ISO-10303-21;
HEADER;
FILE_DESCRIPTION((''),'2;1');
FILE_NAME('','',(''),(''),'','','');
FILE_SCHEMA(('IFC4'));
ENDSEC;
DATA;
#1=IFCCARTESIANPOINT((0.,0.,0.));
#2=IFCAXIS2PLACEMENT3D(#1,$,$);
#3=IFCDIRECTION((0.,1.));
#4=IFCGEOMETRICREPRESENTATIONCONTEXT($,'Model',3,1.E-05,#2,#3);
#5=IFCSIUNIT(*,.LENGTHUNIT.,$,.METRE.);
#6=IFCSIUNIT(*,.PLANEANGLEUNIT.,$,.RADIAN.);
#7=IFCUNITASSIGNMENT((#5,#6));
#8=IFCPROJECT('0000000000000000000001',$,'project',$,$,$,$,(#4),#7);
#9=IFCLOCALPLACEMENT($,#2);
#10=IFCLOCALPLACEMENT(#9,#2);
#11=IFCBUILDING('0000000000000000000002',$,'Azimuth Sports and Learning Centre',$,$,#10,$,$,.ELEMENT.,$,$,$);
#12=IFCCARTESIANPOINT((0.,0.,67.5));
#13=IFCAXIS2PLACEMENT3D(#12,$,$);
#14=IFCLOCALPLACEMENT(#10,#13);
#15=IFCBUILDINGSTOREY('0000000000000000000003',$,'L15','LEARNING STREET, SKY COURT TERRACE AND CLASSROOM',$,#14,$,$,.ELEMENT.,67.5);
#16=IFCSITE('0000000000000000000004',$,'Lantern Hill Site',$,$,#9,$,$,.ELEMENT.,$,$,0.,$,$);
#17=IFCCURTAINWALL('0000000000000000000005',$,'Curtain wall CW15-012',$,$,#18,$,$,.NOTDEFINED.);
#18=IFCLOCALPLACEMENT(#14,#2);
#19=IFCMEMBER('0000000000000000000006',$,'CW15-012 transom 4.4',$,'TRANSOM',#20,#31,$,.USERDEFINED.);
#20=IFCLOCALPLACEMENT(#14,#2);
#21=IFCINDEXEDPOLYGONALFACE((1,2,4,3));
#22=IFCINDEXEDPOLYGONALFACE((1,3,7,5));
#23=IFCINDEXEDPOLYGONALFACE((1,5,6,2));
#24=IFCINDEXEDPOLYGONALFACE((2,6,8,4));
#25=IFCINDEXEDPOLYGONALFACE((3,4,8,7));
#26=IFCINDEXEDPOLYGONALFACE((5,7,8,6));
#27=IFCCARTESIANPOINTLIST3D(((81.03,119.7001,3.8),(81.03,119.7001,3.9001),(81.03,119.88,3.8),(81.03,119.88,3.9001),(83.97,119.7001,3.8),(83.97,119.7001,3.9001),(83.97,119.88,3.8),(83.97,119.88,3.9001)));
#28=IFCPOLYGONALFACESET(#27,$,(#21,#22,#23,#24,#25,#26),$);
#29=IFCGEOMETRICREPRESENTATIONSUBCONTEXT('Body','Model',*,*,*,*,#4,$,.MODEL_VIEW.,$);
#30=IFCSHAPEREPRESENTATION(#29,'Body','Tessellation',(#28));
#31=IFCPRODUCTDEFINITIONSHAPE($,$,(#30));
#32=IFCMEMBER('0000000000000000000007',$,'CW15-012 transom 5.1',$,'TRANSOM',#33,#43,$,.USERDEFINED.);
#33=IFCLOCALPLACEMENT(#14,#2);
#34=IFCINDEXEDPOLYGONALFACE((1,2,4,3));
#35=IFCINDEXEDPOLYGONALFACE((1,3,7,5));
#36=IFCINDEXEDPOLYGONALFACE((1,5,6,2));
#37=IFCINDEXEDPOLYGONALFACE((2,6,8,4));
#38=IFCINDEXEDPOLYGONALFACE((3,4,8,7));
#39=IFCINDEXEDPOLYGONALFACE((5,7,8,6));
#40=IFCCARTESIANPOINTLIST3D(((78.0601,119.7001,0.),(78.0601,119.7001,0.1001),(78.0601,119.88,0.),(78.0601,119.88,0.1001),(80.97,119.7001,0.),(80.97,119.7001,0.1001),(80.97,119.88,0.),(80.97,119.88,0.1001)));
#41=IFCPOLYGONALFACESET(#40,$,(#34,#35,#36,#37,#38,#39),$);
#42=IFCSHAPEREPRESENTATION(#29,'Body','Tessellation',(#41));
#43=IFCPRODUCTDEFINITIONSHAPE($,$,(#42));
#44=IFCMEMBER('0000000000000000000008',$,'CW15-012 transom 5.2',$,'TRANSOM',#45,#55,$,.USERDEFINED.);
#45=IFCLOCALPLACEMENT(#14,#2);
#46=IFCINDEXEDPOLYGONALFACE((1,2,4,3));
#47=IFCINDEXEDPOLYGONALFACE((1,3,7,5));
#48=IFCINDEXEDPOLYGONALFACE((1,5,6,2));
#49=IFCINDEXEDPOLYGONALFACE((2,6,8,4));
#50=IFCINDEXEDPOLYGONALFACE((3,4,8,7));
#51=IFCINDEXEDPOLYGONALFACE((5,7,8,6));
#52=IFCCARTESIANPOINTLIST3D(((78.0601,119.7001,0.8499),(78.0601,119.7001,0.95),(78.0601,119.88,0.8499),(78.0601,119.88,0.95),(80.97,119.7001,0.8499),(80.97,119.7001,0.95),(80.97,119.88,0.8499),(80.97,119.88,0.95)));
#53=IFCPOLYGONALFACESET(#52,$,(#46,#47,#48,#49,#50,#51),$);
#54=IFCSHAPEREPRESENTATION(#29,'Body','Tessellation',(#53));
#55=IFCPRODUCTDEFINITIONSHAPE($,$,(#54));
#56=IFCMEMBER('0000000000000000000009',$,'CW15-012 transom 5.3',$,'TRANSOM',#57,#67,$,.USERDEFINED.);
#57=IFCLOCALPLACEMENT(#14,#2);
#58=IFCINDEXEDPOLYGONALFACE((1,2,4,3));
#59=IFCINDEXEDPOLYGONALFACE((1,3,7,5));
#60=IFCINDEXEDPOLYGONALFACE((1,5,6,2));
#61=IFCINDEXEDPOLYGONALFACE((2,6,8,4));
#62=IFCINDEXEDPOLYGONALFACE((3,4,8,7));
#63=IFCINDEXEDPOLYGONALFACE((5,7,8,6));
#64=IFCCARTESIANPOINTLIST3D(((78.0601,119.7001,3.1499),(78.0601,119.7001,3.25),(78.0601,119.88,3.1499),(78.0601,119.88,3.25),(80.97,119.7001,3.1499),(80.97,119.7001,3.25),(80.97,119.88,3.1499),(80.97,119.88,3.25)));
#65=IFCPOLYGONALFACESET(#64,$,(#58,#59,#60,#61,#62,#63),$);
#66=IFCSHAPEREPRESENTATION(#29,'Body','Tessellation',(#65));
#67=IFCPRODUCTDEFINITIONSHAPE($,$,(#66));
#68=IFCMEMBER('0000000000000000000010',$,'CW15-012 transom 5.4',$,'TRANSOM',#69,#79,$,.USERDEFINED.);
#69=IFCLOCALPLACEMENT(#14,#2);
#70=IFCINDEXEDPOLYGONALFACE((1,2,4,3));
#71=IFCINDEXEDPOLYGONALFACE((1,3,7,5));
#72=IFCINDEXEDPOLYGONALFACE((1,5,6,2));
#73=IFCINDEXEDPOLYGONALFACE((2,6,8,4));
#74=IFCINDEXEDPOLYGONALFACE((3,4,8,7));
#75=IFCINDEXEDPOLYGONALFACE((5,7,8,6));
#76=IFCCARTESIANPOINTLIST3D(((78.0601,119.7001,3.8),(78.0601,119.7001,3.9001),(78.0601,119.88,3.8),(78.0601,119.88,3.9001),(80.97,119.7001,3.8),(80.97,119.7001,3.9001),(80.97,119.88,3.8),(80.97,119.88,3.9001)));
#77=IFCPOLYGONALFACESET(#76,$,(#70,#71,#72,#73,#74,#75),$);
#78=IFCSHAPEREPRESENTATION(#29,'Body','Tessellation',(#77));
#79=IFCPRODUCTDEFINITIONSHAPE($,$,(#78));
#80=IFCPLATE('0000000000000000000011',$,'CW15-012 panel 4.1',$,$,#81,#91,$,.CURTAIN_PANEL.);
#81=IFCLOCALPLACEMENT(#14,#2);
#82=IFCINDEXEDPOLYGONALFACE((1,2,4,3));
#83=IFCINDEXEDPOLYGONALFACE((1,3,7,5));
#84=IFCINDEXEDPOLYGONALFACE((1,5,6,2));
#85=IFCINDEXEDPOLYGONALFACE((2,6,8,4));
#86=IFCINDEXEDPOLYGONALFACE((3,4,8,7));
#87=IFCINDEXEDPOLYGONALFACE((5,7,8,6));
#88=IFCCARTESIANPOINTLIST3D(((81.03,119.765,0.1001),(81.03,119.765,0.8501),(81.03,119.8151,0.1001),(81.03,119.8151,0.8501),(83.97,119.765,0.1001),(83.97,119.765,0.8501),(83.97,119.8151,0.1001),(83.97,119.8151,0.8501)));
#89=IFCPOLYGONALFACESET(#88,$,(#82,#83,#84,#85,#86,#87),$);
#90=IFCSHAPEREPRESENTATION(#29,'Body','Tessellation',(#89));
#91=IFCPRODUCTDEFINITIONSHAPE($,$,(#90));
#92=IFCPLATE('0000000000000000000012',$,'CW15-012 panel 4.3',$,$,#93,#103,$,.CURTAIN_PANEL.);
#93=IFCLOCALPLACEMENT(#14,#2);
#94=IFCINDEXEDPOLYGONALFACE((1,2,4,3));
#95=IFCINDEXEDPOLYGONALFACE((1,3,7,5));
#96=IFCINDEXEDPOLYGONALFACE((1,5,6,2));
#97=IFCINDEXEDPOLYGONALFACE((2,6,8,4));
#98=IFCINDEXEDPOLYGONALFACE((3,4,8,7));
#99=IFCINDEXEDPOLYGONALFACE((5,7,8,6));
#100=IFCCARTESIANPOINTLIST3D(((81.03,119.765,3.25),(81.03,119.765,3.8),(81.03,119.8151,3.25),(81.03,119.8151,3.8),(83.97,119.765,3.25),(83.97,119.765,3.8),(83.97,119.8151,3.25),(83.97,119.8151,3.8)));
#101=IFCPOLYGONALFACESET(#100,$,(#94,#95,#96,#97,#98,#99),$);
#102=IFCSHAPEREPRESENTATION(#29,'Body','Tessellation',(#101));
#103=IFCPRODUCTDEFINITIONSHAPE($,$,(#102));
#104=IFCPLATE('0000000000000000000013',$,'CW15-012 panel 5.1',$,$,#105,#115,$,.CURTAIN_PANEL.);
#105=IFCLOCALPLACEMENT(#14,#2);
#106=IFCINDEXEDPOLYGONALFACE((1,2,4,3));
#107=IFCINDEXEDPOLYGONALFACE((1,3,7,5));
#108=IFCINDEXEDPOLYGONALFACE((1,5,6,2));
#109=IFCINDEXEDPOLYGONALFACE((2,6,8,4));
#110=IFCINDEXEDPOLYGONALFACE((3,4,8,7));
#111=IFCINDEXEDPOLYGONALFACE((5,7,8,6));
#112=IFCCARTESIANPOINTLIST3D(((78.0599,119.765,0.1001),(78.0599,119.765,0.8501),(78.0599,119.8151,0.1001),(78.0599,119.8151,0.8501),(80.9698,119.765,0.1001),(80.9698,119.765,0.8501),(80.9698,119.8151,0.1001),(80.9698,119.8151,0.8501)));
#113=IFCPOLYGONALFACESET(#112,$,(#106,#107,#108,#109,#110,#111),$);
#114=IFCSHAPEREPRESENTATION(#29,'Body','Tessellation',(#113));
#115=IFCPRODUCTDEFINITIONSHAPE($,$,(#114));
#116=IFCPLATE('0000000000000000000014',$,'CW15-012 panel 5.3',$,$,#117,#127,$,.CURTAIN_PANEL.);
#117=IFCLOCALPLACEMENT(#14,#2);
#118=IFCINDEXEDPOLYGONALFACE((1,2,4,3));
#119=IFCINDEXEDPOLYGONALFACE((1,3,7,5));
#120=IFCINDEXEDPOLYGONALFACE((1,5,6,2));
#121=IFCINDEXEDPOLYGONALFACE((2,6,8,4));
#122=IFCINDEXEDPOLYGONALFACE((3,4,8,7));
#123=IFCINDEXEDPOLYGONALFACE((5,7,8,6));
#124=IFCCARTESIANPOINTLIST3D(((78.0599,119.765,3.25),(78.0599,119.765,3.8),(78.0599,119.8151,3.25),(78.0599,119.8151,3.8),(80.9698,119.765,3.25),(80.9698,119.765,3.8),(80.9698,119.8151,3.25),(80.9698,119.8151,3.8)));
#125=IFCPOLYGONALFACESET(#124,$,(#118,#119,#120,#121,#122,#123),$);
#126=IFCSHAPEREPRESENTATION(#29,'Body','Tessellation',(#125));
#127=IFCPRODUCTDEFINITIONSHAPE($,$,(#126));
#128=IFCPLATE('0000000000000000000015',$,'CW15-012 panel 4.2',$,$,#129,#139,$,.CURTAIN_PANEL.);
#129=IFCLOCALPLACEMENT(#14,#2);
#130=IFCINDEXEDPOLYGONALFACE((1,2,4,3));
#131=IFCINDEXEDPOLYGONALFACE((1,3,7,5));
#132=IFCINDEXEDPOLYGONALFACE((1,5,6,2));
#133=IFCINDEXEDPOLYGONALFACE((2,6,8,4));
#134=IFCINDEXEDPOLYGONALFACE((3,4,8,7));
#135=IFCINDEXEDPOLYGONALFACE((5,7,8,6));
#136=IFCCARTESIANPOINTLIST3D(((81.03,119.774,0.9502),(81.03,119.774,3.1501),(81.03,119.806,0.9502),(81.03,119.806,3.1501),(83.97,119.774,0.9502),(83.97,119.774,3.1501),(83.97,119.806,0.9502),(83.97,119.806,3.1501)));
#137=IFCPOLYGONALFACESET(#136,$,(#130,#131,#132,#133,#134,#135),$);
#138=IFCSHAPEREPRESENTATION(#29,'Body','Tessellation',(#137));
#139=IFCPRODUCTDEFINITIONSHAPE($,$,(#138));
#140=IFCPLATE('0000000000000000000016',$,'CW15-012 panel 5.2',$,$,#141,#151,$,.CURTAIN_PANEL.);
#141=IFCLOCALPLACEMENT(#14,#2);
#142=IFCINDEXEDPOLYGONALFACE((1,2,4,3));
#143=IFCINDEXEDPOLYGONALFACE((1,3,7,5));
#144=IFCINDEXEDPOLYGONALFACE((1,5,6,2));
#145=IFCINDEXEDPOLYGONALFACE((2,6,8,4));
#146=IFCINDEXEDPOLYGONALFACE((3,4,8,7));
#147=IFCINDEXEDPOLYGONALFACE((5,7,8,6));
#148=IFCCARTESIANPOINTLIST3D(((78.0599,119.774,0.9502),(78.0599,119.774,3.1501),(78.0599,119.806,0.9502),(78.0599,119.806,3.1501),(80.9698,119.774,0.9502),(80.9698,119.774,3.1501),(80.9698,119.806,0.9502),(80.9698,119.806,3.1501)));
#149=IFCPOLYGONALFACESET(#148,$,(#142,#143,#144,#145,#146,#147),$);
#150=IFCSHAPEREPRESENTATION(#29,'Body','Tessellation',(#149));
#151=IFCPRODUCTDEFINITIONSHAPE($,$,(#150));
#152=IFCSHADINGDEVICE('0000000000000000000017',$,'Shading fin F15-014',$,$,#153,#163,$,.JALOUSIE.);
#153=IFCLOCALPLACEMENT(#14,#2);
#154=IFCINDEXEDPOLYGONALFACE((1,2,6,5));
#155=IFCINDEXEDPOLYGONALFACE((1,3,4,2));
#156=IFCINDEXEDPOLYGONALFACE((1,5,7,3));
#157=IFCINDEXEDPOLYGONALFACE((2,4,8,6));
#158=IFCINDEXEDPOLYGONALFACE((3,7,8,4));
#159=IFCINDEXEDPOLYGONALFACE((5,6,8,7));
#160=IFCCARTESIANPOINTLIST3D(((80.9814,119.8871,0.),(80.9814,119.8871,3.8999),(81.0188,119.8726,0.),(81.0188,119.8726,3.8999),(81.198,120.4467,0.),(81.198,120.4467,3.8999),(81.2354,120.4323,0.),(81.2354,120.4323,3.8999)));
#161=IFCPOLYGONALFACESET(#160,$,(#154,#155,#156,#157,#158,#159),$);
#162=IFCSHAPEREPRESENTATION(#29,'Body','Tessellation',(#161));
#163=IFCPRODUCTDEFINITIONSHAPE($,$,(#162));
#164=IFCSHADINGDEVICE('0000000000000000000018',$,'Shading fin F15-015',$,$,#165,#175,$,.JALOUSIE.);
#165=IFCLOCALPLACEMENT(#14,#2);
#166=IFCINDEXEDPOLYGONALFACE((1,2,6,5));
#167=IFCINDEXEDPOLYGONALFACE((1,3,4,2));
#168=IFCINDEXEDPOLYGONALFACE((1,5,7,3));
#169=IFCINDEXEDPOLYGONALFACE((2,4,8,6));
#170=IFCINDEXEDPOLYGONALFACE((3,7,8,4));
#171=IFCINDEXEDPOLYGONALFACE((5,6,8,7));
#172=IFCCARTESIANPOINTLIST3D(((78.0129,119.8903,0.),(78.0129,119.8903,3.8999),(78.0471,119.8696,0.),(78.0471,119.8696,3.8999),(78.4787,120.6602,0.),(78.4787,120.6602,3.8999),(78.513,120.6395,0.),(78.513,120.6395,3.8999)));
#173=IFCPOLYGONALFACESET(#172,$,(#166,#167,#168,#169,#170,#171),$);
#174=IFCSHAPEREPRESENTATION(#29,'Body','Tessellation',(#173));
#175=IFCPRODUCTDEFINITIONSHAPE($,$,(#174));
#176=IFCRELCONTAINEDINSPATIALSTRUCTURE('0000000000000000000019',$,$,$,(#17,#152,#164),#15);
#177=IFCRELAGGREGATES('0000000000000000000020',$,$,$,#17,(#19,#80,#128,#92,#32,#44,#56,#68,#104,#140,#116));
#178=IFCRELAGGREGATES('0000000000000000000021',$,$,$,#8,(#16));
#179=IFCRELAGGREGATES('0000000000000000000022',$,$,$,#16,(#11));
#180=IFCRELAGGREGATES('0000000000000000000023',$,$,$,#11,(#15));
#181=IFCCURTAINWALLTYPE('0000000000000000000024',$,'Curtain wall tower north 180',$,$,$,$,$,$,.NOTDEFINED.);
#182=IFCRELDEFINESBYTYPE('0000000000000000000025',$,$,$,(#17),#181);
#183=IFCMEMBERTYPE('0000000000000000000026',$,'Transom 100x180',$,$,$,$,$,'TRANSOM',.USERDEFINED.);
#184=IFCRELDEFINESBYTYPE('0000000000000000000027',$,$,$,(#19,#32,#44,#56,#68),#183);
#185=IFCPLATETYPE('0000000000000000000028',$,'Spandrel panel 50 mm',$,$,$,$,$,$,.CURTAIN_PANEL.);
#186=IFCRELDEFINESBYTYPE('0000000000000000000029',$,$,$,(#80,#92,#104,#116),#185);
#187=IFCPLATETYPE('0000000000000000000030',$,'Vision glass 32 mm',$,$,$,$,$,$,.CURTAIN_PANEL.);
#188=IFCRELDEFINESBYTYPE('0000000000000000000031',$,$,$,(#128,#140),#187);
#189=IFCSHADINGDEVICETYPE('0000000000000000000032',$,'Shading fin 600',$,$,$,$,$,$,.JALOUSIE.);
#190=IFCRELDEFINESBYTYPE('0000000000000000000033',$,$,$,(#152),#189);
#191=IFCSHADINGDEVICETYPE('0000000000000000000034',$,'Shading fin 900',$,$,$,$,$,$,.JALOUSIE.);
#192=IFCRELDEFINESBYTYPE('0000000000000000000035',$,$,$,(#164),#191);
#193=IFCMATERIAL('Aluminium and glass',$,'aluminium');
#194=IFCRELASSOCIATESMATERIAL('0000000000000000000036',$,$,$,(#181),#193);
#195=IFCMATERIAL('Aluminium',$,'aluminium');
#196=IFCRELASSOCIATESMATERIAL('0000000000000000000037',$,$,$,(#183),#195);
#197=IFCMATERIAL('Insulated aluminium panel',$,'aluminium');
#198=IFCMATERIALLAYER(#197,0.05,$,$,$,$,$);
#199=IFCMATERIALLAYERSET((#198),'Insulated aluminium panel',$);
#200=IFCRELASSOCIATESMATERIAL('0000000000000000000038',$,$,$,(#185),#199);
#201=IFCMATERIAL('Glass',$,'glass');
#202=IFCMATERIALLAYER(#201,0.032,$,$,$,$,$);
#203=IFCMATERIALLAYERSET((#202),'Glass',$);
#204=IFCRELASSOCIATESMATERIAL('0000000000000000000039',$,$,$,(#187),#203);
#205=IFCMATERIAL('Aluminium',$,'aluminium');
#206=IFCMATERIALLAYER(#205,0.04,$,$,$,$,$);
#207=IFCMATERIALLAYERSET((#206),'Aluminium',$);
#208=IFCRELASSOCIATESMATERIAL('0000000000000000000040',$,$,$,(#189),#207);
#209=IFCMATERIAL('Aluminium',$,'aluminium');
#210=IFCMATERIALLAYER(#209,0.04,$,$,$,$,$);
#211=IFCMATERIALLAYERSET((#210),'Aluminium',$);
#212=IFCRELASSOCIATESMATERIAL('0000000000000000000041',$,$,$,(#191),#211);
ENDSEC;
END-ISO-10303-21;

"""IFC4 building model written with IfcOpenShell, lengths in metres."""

from ifc_helpers import new_model, si_unit, direction, frame, origin, origin_2d, place, context, subcontext, project, spatial, rectangle, extrude, material, layer, layer_set, material_profile, profile_set, type_object, element, aggregate, save


model = new_model("IFC4")

# Units and contexts
model_context = context("Model", 3, precision=1e-05, world=origin(), true_north=direction((0.0, 1.0)))
body_context = subcontext(model_context, "Body", "Model", "MODEL_VIEW")
ifc_project = project(units=[si_unit("LENGTHUNIT", "METRE"), si_unit("PLANEANGLEUNIT", "RADIAN")], contexts=[model_context])

# Site, building, storey
site_placement = place(None, origin())
site = spatial("IfcSite", under=ifc_project, at=site_placement, Name="Lantern Hill Site", CompositionType="ELEMENT", RefElevation=0.0)
building_placement = place(site_placement, origin())
building = spatial("IfcBuilding", under=site, at=building_placement, Name="Azimuth Sports and Learning Centre", CompositionType="ELEMENT")
storey_placement = place(building_placement, frame((0.0, 0.0, 67.5)))
storey = spatial("IfcBuildingStorey", under=building, at=storey_placement, Name="L15", Description="LEARNING STREET, SKY COURT TERRACE AND CLASSROOM", CompositionType="ELEMENT", Elevation=67.5)

# Curtain wall
ifc_material_1 = material(Name="Aluminium and glass", Category="aluminium")
curtain_wall_type = type_object("IfcCurtainWallType", Name="Curtain wall tower north 180", PredefinedType="NOTDEFINED", material=ifc_material_1)
curtain_wall_1_placement = place(storey_placement, origin())
curtain_wall_1 = element("IfcCurtainWall", 1, at=curtain_wall_1_placement, inside=storey, type_object=curtain_wall_type, Name="Curtain wall CW15-012", PredefinedType="NOTDEFINED")

# Members
ifc_material_2 = material(Name="Aluminium", Category="aluminium")
ifc_material_profile_1 = material_profile(ifc_material_2, rectangle(XDim=0.1799, YDim=0.1001, at=origin_2d()), Name="Transom 100x180")
ifc_profile_set_1 = profile_set([ifc_material_profile_1], Name="Aluminium")
member_type_1 = type_object("IfcMemberType", Name="Transom 100x180", ElementType="TRANSOM", PredefinedType="USERDEFINED", material=ifc_profile_set_1)
member_1_placement = place(storey_placement, frame((83.97, 119.79, 3.8501), z_axis=(-1.0, 0.0, 0.0), x_axis=(0.0, -1.0, 0.0)))
member_1 = element("IfcMember", 2, at=member_1_placement, type_object=member_type_1, Name="CW15-012 transom 4.4", ObjectType="TRANSOM", PredefinedType="USERDEFINED", context=body_context, shape_type="SweptSolid", body=[
    extrude(rectangle(XDim=0.1799, YDim=0.1001, at=origin_2d()), origin(), (0.0, 0.0, 1.0), 2.9399),
])
member_2_placement = place(storey_placement, frame((80.97, 119.79, 0.05), z_axis=(-1.0, 0.0, 0.0), x_axis=(0.0, -1.0, 0.0)))
member_2 = element("IfcMember", 3, at=member_2_placement, type_object=member_type_1, Name="CW15-012 transom 5.1", ObjectType="TRANSOM", PredefinedType="USERDEFINED", context=body_context, shape_type="SweptSolid", body=[
    extrude(rectangle(XDim=0.1799, YDim=0.1001, at=origin_2d()), origin(), (0.0, 0.0, 1.0), 2.9099),
])
member_3_placement = place(storey_placement, frame((80.97, 119.79, 0.8999), z_axis=(-1.0, 0.0, 0.0), x_axis=(0.0, -1.0, 0.0)))
member_3 = element("IfcMember", 4, at=member_3_placement, type_object=member_type_1, Name="CW15-012 transom 5.2", ObjectType="TRANSOM", PredefinedType="USERDEFINED", context=body_context, shape_type="SweptSolid", body=[
    extrude(rectangle(XDim=0.1799, YDim=0.1001, at=origin_2d()), origin(), (0.0, 0.0, 1.0), 2.9099),
])
member_4_placement = place(storey_placement, frame((80.97, 119.79, 3.2), z_axis=(-1.0, 0.0, 0.0), x_axis=(0.0, -1.0, 0.0)))
member_4 = element("IfcMember", 5, at=member_4_placement, type_object=member_type_1, Name="CW15-012 transom 5.3", ObjectType="TRANSOM", PredefinedType="USERDEFINED", context=body_context, shape_type="SweptSolid", body=[
    extrude(rectangle(XDim=0.1799, YDim=0.1001, at=origin_2d()), origin(), (0.0, 0.0, 1.0), 2.9099),
])
member_5_placement = place(storey_placement, frame((80.97, 119.79, 3.8501), z_axis=(-1.0, 0.0, 0.0), x_axis=(0.0, -1.0, 0.0)))
member_5 = element("IfcMember", 6, at=member_5_placement, type_object=member_type_1, Name="CW15-012 transom 5.4", ObjectType="TRANSOM", PredefinedType="USERDEFINED", context=body_context, shape_type="SweptSolid", body=[
    extrude(rectangle(XDim=0.1799, YDim=0.1001, at=origin_2d()), origin(), (0.0, 0.0, 1.0), 2.9099),
])

# Plates
ifc_material_3 = material(Name="Insulated aluminium panel", Category="aluminium")
ifc_layer_1 = layer(ifc_material_3, 0.05)
ifc_layer_set_1 = layer_set([ifc_layer_1], Name="Insulated aluminium panel")
plate_type_1 = type_object("IfcPlateType", Name="Spandrel panel 50 mm", PredefinedType="CURTAIN_PANEL", material=ifc_layer_set_1)
plate_1_placement = place(storey_placement, frame((82.5, 119.79, 0.1001), z_axis=(0.0, 0.0, 1.0), x_axis=(-1.0, 0.0, 0.0)))
plate_1 = element("IfcPlate", 7, at=plate_1_placement, type_object=plate_type_1, Name="CW15-012 panel 4.1", PredefinedType="CURTAIN_PANEL", context=body_context, shape_type="SweptSolid", body=[
    extrude(rectangle(XDim=2.9399, YDim=0.05, at=origin_2d()), origin(), (0.0, 0.0, 1.0), 0.75),
])
plate_2_placement = place(storey_placement, frame((82.5, 119.79, 3.25), z_axis=(0.0, 0.0, 1.0), x_axis=(-1.0, 0.0, 0.0)))
plate_2 = element("IfcPlate", 8, at=plate_2_placement, type_object=plate_type_1, Name="CW15-012 panel 4.3", PredefinedType="CURTAIN_PANEL", context=body_context, shape_type="SweptSolid", body=[
    extrude(rectangle(XDim=2.9399, YDim=0.05, at=origin_2d()), origin(), (0.0, 0.0, 1.0), 0.55),
])
plate_3_placement = place(storey_placement, frame((79.5149, 119.79, 0.1001), z_axis=(0.0, 0.0, 1.0), x_axis=(-1.0, 0.0, 0.0)))
plate_3 = element("IfcPlate", 9, at=plate_3_placement, type_object=plate_type_1, Name="CW15-012 panel 5.1", PredefinedType="CURTAIN_PANEL", context=body_context, shape_type="SweptSolid", body=[
    extrude(rectangle(XDim=2.9099, YDim=0.05, at=origin_2d()), origin(), (0.0, 0.0, 1.0), 0.75),
])
plate_4_placement = place(storey_placement, frame((79.5149, 119.79, 3.25), z_axis=(0.0, 0.0, 1.0), x_axis=(-1.0, 0.0, 0.0)))
plate_4 = element("IfcPlate", 10, at=plate_4_placement, type_object=plate_type_1, Name="CW15-012 panel 5.3", PredefinedType="CURTAIN_PANEL", context=body_context, shape_type="SweptSolid", body=[
    extrude(rectangle(XDim=2.9099, YDim=0.05, at=origin_2d()), origin(), (0.0, 0.0, 1.0), 0.55),
])
ifc_material_4 = material(Name="Glass", Category="glass")
ifc_layer_2 = layer(ifc_material_4, 0.032)
ifc_layer_set_2 = layer_set([ifc_layer_2], Name="Glass")
plate_type_2 = type_object("IfcPlateType", Name="Vision glass 32 mm", PredefinedType="CURTAIN_PANEL", material=ifc_layer_set_2)
plate_5_placement = place(storey_placement, frame((82.5, 119.79, 0.9502), z_axis=(0.0, 0.0, 1.0), x_axis=(-1.0, 0.0, 0.0)))
plate_5 = element("IfcPlate", 11, at=plate_5_placement, type_object=plate_type_2, Name="CW15-012 panel 4.2", PredefinedType="CURTAIN_PANEL", context=body_context, shape_type="SweptSolid", body=[
    extrude(rectangle(XDim=2.9399, YDim=0.032, at=origin_2d()), origin(), (0.0, 0.0, 1.0), 2.2),
])
plate_6_placement = place(storey_placement, frame((79.5149, 119.79, 0.9502), z_axis=(0.0, 0.0, 1.0), x_axis=(-1.0, 0.0, 0.0)))
plate_6 = element("IfcPlate", 12, at=plate_6_placement, type_object=plate_type_2, Name="CW15-012 panel 5.2", PredefinedType="CURTAIN_PANEL", context=body_context, shape_type="SweptSolid", body=[
    extrude(rectangle(XDim=2.9099, YDim=0.032, at=origin_2d()), origin(), (0.0, 0.0, 1.0), 2.2),
])
aggregate(curtain_wall_1, [member_1, plate_1, plate_5, plate_2, member_2, member_3, member_4, member_5, plate_3, plate_6, plate_4])

# Shading devices
ifc_material_5 = material(Name="Aluminium", Category="aluminium")
ifc_layer_3 = layer(ifc_material_5, 0.04)
ifc_layer_set_3 = layer_set([ifc_layer_3], Name="Aluminium")
shading_device_type_1 = type_object("IfcShadingDeviceType", Name="Shading fin 600", PredefinedType="JALOUSIE", material=ifc_layer_set_3)
shading_device_1_placement = place(storey_placement, frame((81.1084, 120.1597, 0.0), z_axis=(0.0, 0.0, 1.0), x_axis=(0.360978, 0.932574, 0.0)))
element("IfcShadingDevice", 13, at=shading_device_1_placement, inside=storey, type_object=shading_device_type_1, Name="Shading fin F15-014", PredefinedType="JALOUSIE", context=body_context, shape_type="SweptSolid", body=[
    extrude(rectangle(XDim=0.6001, YDim=0.04, at=origin_2d()), origin(), (0.0, 0.0, 1.0), 3.8999),
])
ifc_material_6 = material(Name="Aluminium", Category="aluminium")
ifc_layer_4 = layer(ifc_material_6, 0.04)
ifc_layer_set_4 = layer_set([ifc_layer_4], Name="Aluminium")
shading_device_type_2 = type_object("IfcShadingDeviceType", Name="Shading fin 900", PredefinedType="JALOUSIE", material=ifc_layer_set_4)
shading_device_2_placement = place(storey_placement, frame((78.2629, 120.2649, 0.0), z_axis=(0.0, 0.0, 1.0), x_axis=(0.517682, 0.855573, 0.0)))
element("IfcShadingDevice", 14, at=shading_device_2_placement, inside=storey, type_object=shading_device_type_2, Name="Shading fin F15-015", PredefinedType="JALOUSIE", context=body_context, shape_type="SweptSolid", body=[
    extrude(rectangle(XDim=0.8999, YDim=0.04, at=origin_2d()), origin(), (0.0, 0.0, 1.0), 3.8999),
])

save(model, "model.ifc")
